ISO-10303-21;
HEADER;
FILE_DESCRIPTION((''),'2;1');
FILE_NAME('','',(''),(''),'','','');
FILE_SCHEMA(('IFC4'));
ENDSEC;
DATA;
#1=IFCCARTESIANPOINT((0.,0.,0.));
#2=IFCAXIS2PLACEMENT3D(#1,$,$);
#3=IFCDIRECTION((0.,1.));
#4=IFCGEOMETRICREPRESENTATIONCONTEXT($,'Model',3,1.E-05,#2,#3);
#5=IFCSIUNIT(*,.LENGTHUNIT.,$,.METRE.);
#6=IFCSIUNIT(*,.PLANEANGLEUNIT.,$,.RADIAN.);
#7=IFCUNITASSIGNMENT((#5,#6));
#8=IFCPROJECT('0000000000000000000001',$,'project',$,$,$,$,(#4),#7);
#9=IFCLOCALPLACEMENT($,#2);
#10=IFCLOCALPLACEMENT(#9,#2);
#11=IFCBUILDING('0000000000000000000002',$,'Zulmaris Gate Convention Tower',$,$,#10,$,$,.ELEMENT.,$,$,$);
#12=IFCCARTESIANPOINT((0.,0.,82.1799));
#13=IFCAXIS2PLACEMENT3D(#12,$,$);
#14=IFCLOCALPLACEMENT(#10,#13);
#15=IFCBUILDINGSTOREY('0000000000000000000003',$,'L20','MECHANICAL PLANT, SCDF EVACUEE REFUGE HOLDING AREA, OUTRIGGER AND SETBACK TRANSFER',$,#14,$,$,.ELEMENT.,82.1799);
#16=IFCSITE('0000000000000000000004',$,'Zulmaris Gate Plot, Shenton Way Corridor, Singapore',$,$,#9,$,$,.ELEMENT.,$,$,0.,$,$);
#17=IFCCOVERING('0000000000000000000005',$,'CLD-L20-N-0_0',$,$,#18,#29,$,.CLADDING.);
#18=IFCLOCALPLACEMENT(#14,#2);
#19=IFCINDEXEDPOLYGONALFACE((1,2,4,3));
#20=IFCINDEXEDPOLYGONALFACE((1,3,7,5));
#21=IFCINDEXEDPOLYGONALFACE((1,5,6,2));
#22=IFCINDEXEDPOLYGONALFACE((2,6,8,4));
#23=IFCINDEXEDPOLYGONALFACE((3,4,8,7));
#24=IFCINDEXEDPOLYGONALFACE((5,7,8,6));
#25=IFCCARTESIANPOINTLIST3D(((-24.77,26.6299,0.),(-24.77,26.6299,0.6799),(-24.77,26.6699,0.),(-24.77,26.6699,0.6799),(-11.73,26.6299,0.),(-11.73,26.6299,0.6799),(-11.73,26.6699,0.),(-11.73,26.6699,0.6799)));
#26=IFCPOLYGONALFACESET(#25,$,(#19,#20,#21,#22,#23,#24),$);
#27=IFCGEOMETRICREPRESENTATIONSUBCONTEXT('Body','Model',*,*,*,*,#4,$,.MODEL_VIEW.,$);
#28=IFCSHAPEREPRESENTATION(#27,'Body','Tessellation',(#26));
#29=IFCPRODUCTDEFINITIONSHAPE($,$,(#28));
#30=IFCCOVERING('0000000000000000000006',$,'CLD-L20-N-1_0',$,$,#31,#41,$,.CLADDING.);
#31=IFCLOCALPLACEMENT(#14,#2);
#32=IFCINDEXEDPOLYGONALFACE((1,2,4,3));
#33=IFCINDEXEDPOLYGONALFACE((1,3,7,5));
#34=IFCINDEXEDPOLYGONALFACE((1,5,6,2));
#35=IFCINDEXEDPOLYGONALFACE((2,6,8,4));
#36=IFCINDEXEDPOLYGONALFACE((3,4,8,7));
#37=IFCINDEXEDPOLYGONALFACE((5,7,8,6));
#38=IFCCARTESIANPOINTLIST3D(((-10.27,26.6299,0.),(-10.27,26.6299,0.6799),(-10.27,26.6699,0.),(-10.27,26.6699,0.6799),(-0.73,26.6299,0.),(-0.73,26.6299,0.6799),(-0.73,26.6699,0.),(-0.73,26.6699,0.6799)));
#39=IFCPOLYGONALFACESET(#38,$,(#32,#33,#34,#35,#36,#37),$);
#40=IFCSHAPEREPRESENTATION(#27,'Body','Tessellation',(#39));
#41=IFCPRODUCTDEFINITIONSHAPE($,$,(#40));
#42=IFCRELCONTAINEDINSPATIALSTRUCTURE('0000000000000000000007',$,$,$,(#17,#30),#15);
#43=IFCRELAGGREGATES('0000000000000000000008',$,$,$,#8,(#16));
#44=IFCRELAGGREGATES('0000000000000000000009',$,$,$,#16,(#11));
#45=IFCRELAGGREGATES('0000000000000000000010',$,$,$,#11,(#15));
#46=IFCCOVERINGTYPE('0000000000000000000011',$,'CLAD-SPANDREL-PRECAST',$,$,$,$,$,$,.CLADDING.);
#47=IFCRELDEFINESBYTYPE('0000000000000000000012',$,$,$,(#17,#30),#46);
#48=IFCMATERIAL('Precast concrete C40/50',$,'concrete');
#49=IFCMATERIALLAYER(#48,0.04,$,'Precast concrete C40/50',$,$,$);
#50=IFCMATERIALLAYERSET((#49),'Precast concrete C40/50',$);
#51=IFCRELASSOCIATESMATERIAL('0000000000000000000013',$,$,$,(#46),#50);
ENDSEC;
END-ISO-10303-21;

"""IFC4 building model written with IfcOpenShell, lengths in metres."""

from ifc_helpers import new_model, si_unit, direction, frame, frame_2d, origin, place, context, subcontext, project, spatial, rectangle, extrude, material, layer, layer_set, type_object, element, save


model = new_model("IFC4")

# Units and contexts
model_context = context("Model", 3, precision=1e-05, world=origin(), true_north=direction((0.0, 1.0)))
body_context = subcontext(model_context, "Body", "Model", "MODEL_VIEW")
ifc_project = project(units=[si_unit("LENGTHUNIT", "METRE"), si_unit("PLANEANGLEUNIT", "RADIAN")], contexts=[model_context])

# Site, building, storey
site_placement = place(None, origin())
site = spatial("IfcSite", under=ifc_project, at=site_placement, Name="Zulmaris Gate Plot, Shenton Way Corridor, Singapore", CompositionType="ELEMENT", RefElevation=0.0)
building_placement = place(site_placement, origin())
building = spatial("IfcBuilding", under=site, at=building_placement, Name="Zulmaris Gate Convention Tower", CompositionType="ELEMENT")
storey_placement = place(building_placement, frame((0.0, 0.0, 82.1799)))
storey = spatial("IfcBuildingStorey", under=building, at=storey_placement, Name="L20", Description="MECHANICAL PLANT, SCDF EVACUEE REFUGE HOLDING AREA, OUTRIGGER AND SETBACK TRANSFER", CompositionType="ELEMENT", Elevation=82.1799)

# Shared definitions
ifc_material_1 = material(Name="Precast concrete C40/50", Category="concrete")

# Coverings
ifc_layer_1 = layer(ifc_material_1, 0.04, Name="Precast concrete C40/50")
ifc_layer_set_1 = layer_set([ifc_layer_1], Name="Precast concrete C40/50")
covering_type = type_object("IfcCoveringType", Name="CLAD-SPANDREL-PRECAST", PredefinedType="CLADDING", material=ifc_layer_set_1)
covering_1_placement = place(storey_placement, frame((-11.73, 26.6499, 0.0), z_axis=(0.0, 0.0, 1.0), x_axis=(-1.0, 0.0, 0.0)))
element("IfcCovering", 1, at=covering_1_placement, inside=storey, type_object=covering_type, Name="CLD-L20-N-0_0", PredefinedType="CLADDING", context=body_context, shape_type="SweptSolid", body=[
    extrude(rectangle(XDim=13.04, YDim=0.04, at=frame_2d((6.52, 0.0))), origin(), (0.0, 0.0, 1.0), 0.6799),
])
covering_2_placement = place(storey_placement, frame((-0.73, 26.6499, 0.0), z_axis=(0.0, 0.0, 1.0), x_axis=(-1.0, 0.0, 0.0)))
element("IfcCovering", 2, at=covering_2_placement, inside=storey, type_object=covering_type, Name="CLD-L20-N-1_0", PredefinedType="CLADDING", context=body_context, shape_type="SweptSolid", body=[
    extrude(rectangle(XDim=9.54, YDim=0.04, at=frame_2d((4.77, 0.0))), origin(), (0.0, 0.0, 1.0), 0.6799),
])

save(model, "model.ifc")
